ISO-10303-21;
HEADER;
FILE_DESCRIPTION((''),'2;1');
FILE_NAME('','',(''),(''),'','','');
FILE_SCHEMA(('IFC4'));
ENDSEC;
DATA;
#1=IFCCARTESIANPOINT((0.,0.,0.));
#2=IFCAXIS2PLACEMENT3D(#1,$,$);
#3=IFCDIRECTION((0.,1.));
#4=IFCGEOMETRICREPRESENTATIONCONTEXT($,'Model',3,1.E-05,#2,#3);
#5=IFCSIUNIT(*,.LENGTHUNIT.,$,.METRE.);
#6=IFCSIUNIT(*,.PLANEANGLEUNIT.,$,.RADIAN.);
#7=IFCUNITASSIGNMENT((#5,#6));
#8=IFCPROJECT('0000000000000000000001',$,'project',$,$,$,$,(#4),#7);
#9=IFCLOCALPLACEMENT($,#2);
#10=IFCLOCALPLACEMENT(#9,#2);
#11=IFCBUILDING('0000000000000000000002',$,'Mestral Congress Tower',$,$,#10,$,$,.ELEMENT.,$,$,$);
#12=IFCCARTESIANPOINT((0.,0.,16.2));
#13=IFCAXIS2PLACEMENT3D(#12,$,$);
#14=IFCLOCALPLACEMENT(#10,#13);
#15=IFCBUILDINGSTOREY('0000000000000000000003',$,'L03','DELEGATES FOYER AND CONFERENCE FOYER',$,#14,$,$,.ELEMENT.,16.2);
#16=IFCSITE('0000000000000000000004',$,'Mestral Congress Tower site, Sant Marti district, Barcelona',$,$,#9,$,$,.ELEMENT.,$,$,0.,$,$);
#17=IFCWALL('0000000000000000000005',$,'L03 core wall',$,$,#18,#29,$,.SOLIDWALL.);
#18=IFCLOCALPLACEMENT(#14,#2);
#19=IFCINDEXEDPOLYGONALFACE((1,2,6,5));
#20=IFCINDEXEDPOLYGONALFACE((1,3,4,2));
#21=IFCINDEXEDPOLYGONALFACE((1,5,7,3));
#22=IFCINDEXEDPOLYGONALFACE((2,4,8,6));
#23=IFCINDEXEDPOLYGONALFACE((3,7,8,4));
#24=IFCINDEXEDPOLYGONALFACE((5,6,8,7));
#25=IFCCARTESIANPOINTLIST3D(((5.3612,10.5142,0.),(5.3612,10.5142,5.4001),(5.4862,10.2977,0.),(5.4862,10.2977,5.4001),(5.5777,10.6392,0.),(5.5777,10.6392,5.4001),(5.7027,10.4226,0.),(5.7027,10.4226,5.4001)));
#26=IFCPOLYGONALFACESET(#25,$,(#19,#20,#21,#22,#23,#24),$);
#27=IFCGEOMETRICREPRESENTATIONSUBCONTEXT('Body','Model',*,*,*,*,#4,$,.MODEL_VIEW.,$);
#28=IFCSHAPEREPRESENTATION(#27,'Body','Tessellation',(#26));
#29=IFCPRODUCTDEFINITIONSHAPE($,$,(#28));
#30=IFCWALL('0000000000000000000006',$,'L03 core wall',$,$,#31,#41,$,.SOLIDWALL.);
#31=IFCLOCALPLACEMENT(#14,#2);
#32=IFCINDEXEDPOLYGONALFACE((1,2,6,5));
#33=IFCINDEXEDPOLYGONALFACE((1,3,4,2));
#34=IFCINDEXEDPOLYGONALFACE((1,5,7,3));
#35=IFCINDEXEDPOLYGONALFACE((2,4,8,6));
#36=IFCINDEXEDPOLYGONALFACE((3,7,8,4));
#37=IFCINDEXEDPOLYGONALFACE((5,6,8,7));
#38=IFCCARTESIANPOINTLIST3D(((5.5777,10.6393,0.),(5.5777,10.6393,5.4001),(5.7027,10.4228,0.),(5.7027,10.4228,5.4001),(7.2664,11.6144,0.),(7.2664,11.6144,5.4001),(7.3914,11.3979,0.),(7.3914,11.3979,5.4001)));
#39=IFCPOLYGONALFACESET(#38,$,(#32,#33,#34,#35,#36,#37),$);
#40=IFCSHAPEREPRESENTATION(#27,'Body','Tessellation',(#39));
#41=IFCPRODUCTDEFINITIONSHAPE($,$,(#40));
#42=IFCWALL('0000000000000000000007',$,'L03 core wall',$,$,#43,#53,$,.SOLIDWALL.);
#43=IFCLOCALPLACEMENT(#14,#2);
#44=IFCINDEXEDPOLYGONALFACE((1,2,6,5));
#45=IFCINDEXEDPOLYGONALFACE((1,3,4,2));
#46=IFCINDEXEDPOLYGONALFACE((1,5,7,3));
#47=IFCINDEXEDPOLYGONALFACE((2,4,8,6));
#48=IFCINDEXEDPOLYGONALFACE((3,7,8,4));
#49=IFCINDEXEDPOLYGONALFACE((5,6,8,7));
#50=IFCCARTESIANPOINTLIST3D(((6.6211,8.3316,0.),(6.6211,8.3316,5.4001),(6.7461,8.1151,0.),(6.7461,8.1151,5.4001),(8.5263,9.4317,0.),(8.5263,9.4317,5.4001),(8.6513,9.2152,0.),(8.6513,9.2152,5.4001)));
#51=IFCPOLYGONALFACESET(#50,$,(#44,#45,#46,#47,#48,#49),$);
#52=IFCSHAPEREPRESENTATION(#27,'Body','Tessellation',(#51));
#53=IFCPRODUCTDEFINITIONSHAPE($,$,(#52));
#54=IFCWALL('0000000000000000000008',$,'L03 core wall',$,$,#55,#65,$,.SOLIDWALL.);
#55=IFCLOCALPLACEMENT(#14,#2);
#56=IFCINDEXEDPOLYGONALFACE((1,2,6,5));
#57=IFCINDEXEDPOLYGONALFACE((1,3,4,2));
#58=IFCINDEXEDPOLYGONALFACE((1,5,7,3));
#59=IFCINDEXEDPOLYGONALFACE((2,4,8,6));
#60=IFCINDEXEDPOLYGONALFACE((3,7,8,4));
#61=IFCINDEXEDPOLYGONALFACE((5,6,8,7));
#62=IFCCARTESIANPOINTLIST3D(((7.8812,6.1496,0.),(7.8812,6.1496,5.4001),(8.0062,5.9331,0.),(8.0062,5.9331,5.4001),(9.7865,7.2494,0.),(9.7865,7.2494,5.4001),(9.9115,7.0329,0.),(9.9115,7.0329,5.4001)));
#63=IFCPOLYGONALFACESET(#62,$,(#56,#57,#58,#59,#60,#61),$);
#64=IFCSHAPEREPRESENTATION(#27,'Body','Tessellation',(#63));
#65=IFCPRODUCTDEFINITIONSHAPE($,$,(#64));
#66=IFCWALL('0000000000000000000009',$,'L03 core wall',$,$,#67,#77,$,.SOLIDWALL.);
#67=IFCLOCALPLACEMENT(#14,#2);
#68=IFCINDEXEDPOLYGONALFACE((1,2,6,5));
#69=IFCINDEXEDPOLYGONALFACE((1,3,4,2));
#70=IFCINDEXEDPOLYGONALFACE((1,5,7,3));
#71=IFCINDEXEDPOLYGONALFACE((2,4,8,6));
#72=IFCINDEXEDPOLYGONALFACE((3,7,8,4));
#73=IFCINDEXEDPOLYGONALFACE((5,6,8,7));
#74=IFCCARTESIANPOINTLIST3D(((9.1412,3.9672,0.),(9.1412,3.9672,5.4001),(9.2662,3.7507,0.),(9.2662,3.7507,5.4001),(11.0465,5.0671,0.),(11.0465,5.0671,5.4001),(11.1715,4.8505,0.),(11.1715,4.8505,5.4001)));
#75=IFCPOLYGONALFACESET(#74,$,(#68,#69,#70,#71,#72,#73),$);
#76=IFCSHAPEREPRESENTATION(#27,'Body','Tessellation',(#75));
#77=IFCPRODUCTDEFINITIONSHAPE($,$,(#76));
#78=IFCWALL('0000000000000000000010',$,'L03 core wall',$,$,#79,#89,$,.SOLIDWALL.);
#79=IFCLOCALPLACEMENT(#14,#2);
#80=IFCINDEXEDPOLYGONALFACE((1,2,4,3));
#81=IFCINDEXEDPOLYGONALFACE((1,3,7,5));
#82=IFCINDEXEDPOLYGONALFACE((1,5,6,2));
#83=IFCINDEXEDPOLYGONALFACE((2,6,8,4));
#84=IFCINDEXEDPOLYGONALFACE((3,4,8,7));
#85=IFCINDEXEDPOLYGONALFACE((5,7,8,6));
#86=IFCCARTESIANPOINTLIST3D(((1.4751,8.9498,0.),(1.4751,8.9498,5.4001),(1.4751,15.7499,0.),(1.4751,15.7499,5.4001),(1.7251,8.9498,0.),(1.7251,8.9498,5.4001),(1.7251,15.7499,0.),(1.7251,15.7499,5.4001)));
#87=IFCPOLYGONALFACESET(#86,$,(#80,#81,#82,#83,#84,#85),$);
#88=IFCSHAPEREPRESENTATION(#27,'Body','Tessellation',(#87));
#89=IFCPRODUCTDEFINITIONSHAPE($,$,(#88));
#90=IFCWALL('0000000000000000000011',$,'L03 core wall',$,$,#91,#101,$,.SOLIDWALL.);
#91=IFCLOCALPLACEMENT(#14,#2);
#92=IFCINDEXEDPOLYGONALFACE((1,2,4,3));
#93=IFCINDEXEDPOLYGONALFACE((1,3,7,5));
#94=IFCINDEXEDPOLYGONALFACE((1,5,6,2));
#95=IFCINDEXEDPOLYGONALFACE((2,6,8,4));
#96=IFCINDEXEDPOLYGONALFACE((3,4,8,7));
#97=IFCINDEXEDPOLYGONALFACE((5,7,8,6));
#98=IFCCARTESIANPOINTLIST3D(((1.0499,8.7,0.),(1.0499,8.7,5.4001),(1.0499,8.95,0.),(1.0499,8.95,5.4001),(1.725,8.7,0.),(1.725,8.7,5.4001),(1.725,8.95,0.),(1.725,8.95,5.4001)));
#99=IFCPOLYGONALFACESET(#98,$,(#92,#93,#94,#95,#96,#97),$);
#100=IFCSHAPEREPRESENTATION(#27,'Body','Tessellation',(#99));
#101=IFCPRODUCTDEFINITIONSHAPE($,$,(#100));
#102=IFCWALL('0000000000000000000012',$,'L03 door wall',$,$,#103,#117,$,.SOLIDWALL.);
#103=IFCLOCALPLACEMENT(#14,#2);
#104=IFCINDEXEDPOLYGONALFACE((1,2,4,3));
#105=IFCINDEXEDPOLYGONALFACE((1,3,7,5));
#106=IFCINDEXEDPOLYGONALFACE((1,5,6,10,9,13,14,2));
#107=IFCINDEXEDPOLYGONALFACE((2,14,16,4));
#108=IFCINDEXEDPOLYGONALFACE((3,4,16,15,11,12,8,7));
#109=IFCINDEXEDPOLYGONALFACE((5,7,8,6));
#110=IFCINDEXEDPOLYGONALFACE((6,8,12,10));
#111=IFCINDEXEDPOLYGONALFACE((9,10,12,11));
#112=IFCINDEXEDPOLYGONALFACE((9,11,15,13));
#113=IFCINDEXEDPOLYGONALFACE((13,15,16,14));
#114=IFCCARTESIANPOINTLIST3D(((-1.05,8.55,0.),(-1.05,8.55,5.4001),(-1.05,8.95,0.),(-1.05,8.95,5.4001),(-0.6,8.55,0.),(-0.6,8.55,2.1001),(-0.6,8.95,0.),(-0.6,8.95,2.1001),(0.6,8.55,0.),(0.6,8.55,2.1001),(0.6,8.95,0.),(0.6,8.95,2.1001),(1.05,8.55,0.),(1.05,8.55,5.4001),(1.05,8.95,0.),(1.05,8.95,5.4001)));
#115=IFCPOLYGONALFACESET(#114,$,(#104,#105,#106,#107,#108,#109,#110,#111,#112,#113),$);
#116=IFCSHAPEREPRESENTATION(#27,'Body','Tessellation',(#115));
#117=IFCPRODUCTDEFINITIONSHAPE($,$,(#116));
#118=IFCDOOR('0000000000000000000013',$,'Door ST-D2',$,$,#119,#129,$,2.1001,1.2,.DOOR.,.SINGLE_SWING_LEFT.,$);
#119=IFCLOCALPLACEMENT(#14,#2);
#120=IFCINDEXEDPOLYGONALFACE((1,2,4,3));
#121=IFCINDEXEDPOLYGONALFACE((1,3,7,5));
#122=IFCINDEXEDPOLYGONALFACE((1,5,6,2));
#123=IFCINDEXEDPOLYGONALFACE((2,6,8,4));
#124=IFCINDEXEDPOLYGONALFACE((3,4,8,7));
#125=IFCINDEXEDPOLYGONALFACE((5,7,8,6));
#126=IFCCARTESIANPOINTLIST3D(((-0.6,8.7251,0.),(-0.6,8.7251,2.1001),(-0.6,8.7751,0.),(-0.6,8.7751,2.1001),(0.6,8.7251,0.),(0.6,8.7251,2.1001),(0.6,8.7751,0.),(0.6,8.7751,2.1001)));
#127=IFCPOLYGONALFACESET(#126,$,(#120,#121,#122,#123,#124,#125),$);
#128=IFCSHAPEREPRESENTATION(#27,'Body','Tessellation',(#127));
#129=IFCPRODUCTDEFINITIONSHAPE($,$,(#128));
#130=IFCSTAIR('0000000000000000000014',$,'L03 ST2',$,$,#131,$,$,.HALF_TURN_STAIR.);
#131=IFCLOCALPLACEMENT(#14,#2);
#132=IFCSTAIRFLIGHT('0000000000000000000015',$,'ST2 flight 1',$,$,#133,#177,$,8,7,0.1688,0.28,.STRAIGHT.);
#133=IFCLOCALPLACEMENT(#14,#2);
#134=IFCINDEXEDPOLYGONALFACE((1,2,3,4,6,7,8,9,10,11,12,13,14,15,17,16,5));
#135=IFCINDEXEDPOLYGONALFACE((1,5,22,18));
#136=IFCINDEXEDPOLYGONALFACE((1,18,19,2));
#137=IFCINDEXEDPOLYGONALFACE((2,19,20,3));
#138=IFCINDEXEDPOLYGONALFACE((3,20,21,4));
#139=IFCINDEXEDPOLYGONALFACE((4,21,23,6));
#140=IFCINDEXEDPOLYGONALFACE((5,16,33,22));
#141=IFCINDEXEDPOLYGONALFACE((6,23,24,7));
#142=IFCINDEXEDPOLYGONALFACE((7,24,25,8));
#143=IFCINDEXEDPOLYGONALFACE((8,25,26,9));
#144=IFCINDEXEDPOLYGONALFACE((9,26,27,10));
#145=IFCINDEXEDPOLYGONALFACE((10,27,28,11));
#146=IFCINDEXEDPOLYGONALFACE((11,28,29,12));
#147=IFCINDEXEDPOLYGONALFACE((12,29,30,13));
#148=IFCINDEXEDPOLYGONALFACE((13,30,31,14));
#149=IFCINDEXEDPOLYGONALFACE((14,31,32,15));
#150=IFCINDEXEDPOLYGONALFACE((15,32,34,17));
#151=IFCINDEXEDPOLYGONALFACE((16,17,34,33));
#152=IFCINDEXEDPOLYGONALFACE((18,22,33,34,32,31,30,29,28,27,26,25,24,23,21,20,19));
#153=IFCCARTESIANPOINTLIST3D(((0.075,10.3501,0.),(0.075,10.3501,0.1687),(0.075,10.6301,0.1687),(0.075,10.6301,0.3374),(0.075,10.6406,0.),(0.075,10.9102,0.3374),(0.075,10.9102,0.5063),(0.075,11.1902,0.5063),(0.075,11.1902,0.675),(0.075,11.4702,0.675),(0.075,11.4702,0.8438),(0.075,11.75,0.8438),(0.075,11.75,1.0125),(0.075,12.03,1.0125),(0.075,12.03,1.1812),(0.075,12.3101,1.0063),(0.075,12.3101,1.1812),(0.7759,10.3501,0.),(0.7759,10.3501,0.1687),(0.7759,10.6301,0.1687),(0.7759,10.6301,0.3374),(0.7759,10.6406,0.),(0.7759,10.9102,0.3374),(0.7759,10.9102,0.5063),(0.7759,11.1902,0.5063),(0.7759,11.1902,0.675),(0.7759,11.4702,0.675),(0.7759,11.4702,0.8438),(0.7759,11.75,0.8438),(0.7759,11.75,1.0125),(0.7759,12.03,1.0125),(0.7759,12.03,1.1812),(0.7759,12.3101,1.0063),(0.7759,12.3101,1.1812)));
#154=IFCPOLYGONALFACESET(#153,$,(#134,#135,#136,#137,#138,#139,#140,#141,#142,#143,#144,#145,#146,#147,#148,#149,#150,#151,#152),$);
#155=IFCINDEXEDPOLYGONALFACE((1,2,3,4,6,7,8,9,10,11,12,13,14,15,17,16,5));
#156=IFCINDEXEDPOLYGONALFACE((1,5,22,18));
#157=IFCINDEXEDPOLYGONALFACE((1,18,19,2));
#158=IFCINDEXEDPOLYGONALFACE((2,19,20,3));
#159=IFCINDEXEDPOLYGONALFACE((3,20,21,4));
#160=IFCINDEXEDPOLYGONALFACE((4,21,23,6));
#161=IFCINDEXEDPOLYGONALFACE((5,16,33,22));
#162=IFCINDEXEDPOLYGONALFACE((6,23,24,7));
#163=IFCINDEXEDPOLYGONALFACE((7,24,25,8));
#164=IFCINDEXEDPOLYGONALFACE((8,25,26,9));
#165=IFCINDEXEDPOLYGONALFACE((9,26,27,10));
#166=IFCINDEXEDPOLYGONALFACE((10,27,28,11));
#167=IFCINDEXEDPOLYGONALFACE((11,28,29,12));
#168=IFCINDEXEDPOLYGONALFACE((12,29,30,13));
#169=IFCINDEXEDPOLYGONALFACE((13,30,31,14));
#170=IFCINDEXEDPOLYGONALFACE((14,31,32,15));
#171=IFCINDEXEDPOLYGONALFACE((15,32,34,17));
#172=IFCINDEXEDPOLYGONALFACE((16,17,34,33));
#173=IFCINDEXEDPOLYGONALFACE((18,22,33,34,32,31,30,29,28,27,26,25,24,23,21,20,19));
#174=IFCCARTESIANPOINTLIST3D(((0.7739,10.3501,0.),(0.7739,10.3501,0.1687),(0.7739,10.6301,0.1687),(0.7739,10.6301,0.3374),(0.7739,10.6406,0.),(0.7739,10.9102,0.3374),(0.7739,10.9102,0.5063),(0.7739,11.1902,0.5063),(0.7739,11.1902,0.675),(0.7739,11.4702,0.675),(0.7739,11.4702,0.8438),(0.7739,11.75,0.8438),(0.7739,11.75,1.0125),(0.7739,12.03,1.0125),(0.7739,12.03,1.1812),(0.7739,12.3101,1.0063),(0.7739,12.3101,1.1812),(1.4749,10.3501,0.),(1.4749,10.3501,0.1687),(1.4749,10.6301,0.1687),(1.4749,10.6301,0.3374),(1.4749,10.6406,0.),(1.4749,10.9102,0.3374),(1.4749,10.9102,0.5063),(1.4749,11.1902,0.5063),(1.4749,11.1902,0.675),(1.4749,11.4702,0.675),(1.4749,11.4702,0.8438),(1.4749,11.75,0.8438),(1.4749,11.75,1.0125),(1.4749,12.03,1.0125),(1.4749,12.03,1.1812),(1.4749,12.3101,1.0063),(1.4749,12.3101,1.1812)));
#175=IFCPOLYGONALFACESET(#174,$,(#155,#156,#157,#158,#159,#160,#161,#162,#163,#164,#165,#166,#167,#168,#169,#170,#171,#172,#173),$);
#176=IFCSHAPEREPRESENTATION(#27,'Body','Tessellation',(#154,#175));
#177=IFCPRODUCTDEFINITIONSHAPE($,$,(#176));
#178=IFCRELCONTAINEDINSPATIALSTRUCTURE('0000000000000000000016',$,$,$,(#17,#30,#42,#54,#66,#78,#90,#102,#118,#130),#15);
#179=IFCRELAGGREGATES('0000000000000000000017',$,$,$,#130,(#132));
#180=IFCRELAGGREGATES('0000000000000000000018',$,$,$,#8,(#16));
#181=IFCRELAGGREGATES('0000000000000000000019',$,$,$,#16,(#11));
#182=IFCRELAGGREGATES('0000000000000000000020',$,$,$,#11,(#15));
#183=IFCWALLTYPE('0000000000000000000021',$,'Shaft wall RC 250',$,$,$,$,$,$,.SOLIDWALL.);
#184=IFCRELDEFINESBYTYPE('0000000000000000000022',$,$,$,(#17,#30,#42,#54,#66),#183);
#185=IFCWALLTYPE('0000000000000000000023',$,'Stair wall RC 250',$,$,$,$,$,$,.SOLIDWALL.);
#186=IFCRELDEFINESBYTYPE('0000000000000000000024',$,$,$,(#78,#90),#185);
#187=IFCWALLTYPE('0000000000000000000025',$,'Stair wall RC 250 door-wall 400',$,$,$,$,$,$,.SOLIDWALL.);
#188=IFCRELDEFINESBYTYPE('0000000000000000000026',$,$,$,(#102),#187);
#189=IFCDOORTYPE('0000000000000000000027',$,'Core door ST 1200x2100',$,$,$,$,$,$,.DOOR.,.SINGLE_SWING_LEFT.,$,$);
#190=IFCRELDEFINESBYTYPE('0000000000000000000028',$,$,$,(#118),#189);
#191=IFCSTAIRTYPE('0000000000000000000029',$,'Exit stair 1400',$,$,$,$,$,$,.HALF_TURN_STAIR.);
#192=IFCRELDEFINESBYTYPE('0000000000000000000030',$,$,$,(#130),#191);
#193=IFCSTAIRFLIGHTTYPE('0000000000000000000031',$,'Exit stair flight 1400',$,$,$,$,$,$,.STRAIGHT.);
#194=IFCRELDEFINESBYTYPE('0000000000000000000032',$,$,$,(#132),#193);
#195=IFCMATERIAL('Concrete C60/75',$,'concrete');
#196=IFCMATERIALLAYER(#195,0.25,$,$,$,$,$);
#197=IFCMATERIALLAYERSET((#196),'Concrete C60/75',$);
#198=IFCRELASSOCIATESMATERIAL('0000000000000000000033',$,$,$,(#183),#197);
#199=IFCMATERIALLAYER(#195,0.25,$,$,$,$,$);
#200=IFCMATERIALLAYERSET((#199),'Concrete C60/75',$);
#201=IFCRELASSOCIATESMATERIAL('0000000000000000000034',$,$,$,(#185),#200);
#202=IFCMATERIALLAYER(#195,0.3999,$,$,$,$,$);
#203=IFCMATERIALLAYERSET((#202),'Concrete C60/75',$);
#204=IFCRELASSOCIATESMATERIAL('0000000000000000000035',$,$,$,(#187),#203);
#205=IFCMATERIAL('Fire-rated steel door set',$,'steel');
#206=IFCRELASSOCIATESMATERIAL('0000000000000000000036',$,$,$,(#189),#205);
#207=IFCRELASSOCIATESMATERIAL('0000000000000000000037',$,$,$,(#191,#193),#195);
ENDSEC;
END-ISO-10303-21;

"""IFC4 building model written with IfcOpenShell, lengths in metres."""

from ifc_helpers import new_model, si_unit, direction, frame, frame_2d, origin, place, context, subcontext, project, spatial, polyline, rectangle, outline, extrude, material, layer, layer_set, type_object, element, fill, aggregate, save


model = new_model("IFC4")

# Units and contexts
model_context = context("Model", 3, precision=1e-05, world=origin(), true_north=direction((0.0, 1.0)))
body_context = subcontext(model_context, "Body", "Model", "MODEL_VIEW")
ifc_project = project(units=[si_unit("LENGTHUNIT", "METRE"), si_unit("PLANEANGLEUNIT", "RADIAN")], contexts=[model_context])

# Site, building, storey
site_placement = place(None, origin())
site = spatial("IfcSite", under=ifc_project, at=site_placement, Name="Mestral Congress Tower site, Sant Marti district, Barcelona", CompositionType="ELEMENT", RefElevation=0.0)
building_placement = place(site_placement, origin())
building = spatial("IfcBuilding", under=site, at=building_placement, Name="Mestral Congress Tower", CompositionType="ELEMENT")
storey_placement = place(building_placement, frame((0.0, 0.0, 16.2)))
storey = spatial("IfcBuildingStorey", under=building, at=storey_placement, Name="L03", Description="DELEGATES FOYER AND CONFERENCE FOYER", CompositionType="ELEMENT", Elevation=16.2)

# Shared definitions
ifc_material_1 = material(Name="Fire-rated steel door set", Category="steel")

# Shared definitions
ifc_material_2 = material(Name="Concrete C60/75", Category="concrete")

# Walls
ifc_layer_1 = layer(ifc_material_2, 0.25)
ifc_layer_set_1 = layer_set([ifc_layer_1], Name="Concrete C60/75")
wall_type_1 = type_object("IfcWallType", Name="Shaft wall RC 250", PredefinedType="SOLIDWALL", material=ifc_layer_set_1)
wall_1_placement = place(storey_placement, frame((5.4695, 10.5767, 0.0), z_axis=(0.0, 0.0, 1.0), x_axis=(0.49992, -0.866072, 0.0)))
element("IfcWall", 1, at=wall_1_placement, inside=storey, type_object=wall_type_1, Name="L03 core wall", PredefinedType="SOLIDWALL", context=body_context, shape_type="SweptSolid", body=[
    extrude(rectangle(XDim=0.25, YDim=0.25, at=frame_2d((0.125, 0.0))), origin(), (0.0, 0.0, 1.0), 5.4001),
])
wall_2_placement = place(storey_placement, frame((5.6401, 10.531, 0.0), z_axis=(0.0, 0.0, 1.0), x_axis=(0.866, 0.500044, 0.0)))
element("IfcWall", 2, at=wall_2_placement, inside=storey, type_object=wall_type_1, Name="L03 core wall", PredefinedType="SOLIDWALL", context=body_context, shape_type="SweptSolid", body=[
    extrude(rectangle(XDim=1.95, YDim=0.25, at=frame_2d((0.9751, 0.0))), origin(), (0.0, 0.0, 1.0), 5.4001),
])
for number, where, z_axis, x_axis, name in (
    (3, (8.5889, 9.3235, 0.0), (0.0, 0.0, 1.0), (-0.866008, -0.50003, 0.0), "L03 core wall"),
    (4, (7.9436, 6.0413, 0.0), (0.0, 0.0, 1.0), (0.866056, 0.499947, 0.0), "L03 core wall"),
    (5, (9.2036, 3.8589, 0.0), (0.0, 0.0, 1.0), (0.866056, 0.499947, 0.0), "L03 core wall"),
):
    element("IfcWall", number, at=place(storey_placement, frame(where, z_axis=z_axis, x_axis=x_axis)), inside=storey, type_object=wall_type_1, Name=name, PredefinedType="SOLIDWALL", context=body_context, shape_type="SweptSolid", body=[
        extrude(rectangle(XDim=2.2, YDim=0.25, at=frame_2d((1.1001, 0.0))), origin(), (0.0, 0.0, 1.0), 5.4001),
    ])
ifc_layer_2 = layer(ifc_material_2, 0.25)
ifc_layer_set_2 = layer_set([ifc_layer_2], Name="Concrete C60/75")
wall_type_2 = type_object("IfcWallType", Name="Stair wall RC 250", PredefinedType="SOLIDWALL", material=ifc_layer_set_2)
wall_3_placement = place(storey_placement, frame((1.6001, 8.95, 0.0), z_axis=(0.0, 0.0, 1.0), x_axis=(0.0, 1.0, 0.0)))
element("IfcWall", 6, at=wall_3_placement, inside=storey, type_object=wall_type_2, Name="L03 core wall", PredefinedType="SOLIDWALL", context=body_context, shape_type="SweptSolid", body=[
    extrude(rectangle(XDim=6.8, YDim=0.25, at=frame_2d((3.3999, 0.0))), origin(), (0.0, 0.0, 1.0), 5.4001),
])
wall_4_placement = place(storey_placement, frame((1.05, 8.825, 0.0), z_axis=(0.0, 0.0, 1.0), x_axis=(1.0, 0.0, 0.0)))
element("IfcWall", 7, at=wall_4_placement, inside=storey, type_object=wall_type_2, Name="L03 core wall", PredefinedType="SOLIDWALL", context=body_context, shape_type="SweptSolid", body=[
    extrude(rectangle(XDim=0.675, YDim=0.25, at=frame_2d((0.3374, 0.0))), origin(), (0.0, 0.0, 1.0), 5.4001),
])

# Wall, opening, door
ifc_layer_3 = layer(ifc_material_2, 0.3999)
ifc_layer_set_3 = layer_set([ifc_layer_3], Name="Concrete C60/75")
wall_type_3 = type_object("IfcWallType", Name="Stair wall RC 250 door-wall 400", PredefinedType="SOLIDWALL", material=ifc_layer_set_3)
wall_5_placement = place(storey_placement, frame((1.05, 8.75, 0.0), z_axis=(0.0, 0.0, 1.0), x_axis=(-1.0, 0.0, 0.0)))
wall_5 = element("IfcWall", 8, at=wall_5_placement, inside=storey, type_object=wall_type_3, Name="L03 door wall", PredefinedType="SOLIDWALL", context=body_context, shape_type="SweptSolid", body=[
    extrude(rectangle(XDim=2.1001, YDim=0.3999, at=frame_2d((1.05, 0.0))), origin(), (0.0, 0.0, 1.0), 5.4001),
])
opening_1_placement = place(wall_5_placement, frame((0.45, 0.0, 0.0)))
opening_1 = element("IfcOpeningElement", 9, at=opening_1_placement, cuts=wall_5, PredefinedType="OPENING", context=body_context, shape_type="SweptSolid", body=[
    extrude(rectangle(XDim=1.2, YDim=2.1001, at=frame_2d((0.6001, 1.05))), frame((0.0, 0.21, 0.0), z_axis=(0.0, -1.0, 0.0), x_axis=(1.0, 0.0, 0.0)), (0.0, 0.0, 1.0), 0.4199),
])
door_type_1 = type_object("IfcDoorType", Name="Core door ST 1200x2100", OperationType="SINGLE_SWING_LEFT", PredefinedType="DOOR", material=ifc_material_1)
door_1_placement = place(opening_1_placement, origin())
door_1 = element("IfcDoor", 10, at=door_1_placement, inside=storey, type_object=door_type_1, Name="Door ST-D2", OperationType="SINGLE_SWING_LEFT", OverallHeight=2.1001, OverallWidth=1.2, PredefinedType="DOOR", context=body_context, shape_type="SweptSolid", body=[
    extrude(rectangle(XDim=1.2, YDim=2.1001, at=frame_2d((0.6001, 1.05))), frame((0.0, 0.0249, 0.0), z_axis=(0.0, -1.0, 0.0), x_axis=(1.0, 0.0, 0.0)), (0.0, 0.0, 1.0), 0.05),
])
fill(opening_1, door_1)

# Stair, stair flight
stair_type = type_object("IfcStairType", Name="Exit stair 1400", PredefinedType="HALF_TURN_STAIR", material=ifc_material_2)
stair_placement = place(storey_placement, origin())
stair = element("IfcStair", 11, at=stair_placement, inside=storey, type_object=stair_type, Name="L03 ST2", PredefinedType="HALF_TURN_STAIR")
stair_flight_type = type_object("IfcStairFlightType", Name="Exit stair flight 1400", PredefinedType="STRAIGHT", material=ifc_material_2)
stair_flight_1_placement = place(storey_placement, frame((0.7749, 10.3501, 0.0), z_axis=(0.0, 0.0, 1.0), x_axis=(0.0, 1.0, 0.0)))
stair_flight_1 = element("IfcStairFlight", 12, at=stair_flight_1_placement, type_object=stair_flight_type, Name="ST2 flight 1", NumberOfRisers=8, NumberOfTreads=7, PredefinedType="STRAIGHT", RiserHeight=0.1688, TreadLength=0.28, context=body_context, shape_type="SweptSolid", body=[
    extrude(outline(polyline([(0.0, 0.0), (0.0, 0.1687), (0.28, 0.1687), (0.28, 0.3374), (0.5601, 0.3374), (0.5601, 0.5063), (0.8401, 0.5063), (0.8401, 0.675), (1.1201, 0.675), (1.1201, 0.8438), (1.3999, 0.8438), (1.3999, 1.0125), (1.6799, 1.0125), (1.6799, 1.1812), (1.96, 1.1812), (1.96, 1.3501), (1.96, 1.0063), (0.2905, 0.0), (0.0, 0.0)])), frame((0.0, 0.7, 0.0), z_axis=(0.0, -1.0, 0.0), x_axis=(1.0, 0.0, 0.0)), (0.0, 0.0, 1.0), 0.7009),
    extrude(outline(polyline([(0.0, 0.0), (0.0, 0.1687), (0.28, 0.1687), (0.28, 0.3374), (0.5601, 0.3374), (0.5601, 0.5063), (0.8401, 0.5063), (0.8401, 0.675), (1.1201, 0.675), (1.1201, 0.8438), (1.3999, 0.8438), (1.3999, 1.0125), (1.6799, 1.0125), (1.6799, 1.1812), (1.96, 1.1812), (1.96, 1.3501), (1.96, 1.0063), (0.2905, 0.0), (0.0, 0.0)])), frame((0.0, 0.001, 0.0), z_axis=(0.0, -1.0, 0.0), x_axis=(1.0, 0.0, 0.0)), (0.0, 0.0, 1.0), 0.7009),
])
aggregate(stair, [stair_flight_1])

save(model, "model.ifc")
